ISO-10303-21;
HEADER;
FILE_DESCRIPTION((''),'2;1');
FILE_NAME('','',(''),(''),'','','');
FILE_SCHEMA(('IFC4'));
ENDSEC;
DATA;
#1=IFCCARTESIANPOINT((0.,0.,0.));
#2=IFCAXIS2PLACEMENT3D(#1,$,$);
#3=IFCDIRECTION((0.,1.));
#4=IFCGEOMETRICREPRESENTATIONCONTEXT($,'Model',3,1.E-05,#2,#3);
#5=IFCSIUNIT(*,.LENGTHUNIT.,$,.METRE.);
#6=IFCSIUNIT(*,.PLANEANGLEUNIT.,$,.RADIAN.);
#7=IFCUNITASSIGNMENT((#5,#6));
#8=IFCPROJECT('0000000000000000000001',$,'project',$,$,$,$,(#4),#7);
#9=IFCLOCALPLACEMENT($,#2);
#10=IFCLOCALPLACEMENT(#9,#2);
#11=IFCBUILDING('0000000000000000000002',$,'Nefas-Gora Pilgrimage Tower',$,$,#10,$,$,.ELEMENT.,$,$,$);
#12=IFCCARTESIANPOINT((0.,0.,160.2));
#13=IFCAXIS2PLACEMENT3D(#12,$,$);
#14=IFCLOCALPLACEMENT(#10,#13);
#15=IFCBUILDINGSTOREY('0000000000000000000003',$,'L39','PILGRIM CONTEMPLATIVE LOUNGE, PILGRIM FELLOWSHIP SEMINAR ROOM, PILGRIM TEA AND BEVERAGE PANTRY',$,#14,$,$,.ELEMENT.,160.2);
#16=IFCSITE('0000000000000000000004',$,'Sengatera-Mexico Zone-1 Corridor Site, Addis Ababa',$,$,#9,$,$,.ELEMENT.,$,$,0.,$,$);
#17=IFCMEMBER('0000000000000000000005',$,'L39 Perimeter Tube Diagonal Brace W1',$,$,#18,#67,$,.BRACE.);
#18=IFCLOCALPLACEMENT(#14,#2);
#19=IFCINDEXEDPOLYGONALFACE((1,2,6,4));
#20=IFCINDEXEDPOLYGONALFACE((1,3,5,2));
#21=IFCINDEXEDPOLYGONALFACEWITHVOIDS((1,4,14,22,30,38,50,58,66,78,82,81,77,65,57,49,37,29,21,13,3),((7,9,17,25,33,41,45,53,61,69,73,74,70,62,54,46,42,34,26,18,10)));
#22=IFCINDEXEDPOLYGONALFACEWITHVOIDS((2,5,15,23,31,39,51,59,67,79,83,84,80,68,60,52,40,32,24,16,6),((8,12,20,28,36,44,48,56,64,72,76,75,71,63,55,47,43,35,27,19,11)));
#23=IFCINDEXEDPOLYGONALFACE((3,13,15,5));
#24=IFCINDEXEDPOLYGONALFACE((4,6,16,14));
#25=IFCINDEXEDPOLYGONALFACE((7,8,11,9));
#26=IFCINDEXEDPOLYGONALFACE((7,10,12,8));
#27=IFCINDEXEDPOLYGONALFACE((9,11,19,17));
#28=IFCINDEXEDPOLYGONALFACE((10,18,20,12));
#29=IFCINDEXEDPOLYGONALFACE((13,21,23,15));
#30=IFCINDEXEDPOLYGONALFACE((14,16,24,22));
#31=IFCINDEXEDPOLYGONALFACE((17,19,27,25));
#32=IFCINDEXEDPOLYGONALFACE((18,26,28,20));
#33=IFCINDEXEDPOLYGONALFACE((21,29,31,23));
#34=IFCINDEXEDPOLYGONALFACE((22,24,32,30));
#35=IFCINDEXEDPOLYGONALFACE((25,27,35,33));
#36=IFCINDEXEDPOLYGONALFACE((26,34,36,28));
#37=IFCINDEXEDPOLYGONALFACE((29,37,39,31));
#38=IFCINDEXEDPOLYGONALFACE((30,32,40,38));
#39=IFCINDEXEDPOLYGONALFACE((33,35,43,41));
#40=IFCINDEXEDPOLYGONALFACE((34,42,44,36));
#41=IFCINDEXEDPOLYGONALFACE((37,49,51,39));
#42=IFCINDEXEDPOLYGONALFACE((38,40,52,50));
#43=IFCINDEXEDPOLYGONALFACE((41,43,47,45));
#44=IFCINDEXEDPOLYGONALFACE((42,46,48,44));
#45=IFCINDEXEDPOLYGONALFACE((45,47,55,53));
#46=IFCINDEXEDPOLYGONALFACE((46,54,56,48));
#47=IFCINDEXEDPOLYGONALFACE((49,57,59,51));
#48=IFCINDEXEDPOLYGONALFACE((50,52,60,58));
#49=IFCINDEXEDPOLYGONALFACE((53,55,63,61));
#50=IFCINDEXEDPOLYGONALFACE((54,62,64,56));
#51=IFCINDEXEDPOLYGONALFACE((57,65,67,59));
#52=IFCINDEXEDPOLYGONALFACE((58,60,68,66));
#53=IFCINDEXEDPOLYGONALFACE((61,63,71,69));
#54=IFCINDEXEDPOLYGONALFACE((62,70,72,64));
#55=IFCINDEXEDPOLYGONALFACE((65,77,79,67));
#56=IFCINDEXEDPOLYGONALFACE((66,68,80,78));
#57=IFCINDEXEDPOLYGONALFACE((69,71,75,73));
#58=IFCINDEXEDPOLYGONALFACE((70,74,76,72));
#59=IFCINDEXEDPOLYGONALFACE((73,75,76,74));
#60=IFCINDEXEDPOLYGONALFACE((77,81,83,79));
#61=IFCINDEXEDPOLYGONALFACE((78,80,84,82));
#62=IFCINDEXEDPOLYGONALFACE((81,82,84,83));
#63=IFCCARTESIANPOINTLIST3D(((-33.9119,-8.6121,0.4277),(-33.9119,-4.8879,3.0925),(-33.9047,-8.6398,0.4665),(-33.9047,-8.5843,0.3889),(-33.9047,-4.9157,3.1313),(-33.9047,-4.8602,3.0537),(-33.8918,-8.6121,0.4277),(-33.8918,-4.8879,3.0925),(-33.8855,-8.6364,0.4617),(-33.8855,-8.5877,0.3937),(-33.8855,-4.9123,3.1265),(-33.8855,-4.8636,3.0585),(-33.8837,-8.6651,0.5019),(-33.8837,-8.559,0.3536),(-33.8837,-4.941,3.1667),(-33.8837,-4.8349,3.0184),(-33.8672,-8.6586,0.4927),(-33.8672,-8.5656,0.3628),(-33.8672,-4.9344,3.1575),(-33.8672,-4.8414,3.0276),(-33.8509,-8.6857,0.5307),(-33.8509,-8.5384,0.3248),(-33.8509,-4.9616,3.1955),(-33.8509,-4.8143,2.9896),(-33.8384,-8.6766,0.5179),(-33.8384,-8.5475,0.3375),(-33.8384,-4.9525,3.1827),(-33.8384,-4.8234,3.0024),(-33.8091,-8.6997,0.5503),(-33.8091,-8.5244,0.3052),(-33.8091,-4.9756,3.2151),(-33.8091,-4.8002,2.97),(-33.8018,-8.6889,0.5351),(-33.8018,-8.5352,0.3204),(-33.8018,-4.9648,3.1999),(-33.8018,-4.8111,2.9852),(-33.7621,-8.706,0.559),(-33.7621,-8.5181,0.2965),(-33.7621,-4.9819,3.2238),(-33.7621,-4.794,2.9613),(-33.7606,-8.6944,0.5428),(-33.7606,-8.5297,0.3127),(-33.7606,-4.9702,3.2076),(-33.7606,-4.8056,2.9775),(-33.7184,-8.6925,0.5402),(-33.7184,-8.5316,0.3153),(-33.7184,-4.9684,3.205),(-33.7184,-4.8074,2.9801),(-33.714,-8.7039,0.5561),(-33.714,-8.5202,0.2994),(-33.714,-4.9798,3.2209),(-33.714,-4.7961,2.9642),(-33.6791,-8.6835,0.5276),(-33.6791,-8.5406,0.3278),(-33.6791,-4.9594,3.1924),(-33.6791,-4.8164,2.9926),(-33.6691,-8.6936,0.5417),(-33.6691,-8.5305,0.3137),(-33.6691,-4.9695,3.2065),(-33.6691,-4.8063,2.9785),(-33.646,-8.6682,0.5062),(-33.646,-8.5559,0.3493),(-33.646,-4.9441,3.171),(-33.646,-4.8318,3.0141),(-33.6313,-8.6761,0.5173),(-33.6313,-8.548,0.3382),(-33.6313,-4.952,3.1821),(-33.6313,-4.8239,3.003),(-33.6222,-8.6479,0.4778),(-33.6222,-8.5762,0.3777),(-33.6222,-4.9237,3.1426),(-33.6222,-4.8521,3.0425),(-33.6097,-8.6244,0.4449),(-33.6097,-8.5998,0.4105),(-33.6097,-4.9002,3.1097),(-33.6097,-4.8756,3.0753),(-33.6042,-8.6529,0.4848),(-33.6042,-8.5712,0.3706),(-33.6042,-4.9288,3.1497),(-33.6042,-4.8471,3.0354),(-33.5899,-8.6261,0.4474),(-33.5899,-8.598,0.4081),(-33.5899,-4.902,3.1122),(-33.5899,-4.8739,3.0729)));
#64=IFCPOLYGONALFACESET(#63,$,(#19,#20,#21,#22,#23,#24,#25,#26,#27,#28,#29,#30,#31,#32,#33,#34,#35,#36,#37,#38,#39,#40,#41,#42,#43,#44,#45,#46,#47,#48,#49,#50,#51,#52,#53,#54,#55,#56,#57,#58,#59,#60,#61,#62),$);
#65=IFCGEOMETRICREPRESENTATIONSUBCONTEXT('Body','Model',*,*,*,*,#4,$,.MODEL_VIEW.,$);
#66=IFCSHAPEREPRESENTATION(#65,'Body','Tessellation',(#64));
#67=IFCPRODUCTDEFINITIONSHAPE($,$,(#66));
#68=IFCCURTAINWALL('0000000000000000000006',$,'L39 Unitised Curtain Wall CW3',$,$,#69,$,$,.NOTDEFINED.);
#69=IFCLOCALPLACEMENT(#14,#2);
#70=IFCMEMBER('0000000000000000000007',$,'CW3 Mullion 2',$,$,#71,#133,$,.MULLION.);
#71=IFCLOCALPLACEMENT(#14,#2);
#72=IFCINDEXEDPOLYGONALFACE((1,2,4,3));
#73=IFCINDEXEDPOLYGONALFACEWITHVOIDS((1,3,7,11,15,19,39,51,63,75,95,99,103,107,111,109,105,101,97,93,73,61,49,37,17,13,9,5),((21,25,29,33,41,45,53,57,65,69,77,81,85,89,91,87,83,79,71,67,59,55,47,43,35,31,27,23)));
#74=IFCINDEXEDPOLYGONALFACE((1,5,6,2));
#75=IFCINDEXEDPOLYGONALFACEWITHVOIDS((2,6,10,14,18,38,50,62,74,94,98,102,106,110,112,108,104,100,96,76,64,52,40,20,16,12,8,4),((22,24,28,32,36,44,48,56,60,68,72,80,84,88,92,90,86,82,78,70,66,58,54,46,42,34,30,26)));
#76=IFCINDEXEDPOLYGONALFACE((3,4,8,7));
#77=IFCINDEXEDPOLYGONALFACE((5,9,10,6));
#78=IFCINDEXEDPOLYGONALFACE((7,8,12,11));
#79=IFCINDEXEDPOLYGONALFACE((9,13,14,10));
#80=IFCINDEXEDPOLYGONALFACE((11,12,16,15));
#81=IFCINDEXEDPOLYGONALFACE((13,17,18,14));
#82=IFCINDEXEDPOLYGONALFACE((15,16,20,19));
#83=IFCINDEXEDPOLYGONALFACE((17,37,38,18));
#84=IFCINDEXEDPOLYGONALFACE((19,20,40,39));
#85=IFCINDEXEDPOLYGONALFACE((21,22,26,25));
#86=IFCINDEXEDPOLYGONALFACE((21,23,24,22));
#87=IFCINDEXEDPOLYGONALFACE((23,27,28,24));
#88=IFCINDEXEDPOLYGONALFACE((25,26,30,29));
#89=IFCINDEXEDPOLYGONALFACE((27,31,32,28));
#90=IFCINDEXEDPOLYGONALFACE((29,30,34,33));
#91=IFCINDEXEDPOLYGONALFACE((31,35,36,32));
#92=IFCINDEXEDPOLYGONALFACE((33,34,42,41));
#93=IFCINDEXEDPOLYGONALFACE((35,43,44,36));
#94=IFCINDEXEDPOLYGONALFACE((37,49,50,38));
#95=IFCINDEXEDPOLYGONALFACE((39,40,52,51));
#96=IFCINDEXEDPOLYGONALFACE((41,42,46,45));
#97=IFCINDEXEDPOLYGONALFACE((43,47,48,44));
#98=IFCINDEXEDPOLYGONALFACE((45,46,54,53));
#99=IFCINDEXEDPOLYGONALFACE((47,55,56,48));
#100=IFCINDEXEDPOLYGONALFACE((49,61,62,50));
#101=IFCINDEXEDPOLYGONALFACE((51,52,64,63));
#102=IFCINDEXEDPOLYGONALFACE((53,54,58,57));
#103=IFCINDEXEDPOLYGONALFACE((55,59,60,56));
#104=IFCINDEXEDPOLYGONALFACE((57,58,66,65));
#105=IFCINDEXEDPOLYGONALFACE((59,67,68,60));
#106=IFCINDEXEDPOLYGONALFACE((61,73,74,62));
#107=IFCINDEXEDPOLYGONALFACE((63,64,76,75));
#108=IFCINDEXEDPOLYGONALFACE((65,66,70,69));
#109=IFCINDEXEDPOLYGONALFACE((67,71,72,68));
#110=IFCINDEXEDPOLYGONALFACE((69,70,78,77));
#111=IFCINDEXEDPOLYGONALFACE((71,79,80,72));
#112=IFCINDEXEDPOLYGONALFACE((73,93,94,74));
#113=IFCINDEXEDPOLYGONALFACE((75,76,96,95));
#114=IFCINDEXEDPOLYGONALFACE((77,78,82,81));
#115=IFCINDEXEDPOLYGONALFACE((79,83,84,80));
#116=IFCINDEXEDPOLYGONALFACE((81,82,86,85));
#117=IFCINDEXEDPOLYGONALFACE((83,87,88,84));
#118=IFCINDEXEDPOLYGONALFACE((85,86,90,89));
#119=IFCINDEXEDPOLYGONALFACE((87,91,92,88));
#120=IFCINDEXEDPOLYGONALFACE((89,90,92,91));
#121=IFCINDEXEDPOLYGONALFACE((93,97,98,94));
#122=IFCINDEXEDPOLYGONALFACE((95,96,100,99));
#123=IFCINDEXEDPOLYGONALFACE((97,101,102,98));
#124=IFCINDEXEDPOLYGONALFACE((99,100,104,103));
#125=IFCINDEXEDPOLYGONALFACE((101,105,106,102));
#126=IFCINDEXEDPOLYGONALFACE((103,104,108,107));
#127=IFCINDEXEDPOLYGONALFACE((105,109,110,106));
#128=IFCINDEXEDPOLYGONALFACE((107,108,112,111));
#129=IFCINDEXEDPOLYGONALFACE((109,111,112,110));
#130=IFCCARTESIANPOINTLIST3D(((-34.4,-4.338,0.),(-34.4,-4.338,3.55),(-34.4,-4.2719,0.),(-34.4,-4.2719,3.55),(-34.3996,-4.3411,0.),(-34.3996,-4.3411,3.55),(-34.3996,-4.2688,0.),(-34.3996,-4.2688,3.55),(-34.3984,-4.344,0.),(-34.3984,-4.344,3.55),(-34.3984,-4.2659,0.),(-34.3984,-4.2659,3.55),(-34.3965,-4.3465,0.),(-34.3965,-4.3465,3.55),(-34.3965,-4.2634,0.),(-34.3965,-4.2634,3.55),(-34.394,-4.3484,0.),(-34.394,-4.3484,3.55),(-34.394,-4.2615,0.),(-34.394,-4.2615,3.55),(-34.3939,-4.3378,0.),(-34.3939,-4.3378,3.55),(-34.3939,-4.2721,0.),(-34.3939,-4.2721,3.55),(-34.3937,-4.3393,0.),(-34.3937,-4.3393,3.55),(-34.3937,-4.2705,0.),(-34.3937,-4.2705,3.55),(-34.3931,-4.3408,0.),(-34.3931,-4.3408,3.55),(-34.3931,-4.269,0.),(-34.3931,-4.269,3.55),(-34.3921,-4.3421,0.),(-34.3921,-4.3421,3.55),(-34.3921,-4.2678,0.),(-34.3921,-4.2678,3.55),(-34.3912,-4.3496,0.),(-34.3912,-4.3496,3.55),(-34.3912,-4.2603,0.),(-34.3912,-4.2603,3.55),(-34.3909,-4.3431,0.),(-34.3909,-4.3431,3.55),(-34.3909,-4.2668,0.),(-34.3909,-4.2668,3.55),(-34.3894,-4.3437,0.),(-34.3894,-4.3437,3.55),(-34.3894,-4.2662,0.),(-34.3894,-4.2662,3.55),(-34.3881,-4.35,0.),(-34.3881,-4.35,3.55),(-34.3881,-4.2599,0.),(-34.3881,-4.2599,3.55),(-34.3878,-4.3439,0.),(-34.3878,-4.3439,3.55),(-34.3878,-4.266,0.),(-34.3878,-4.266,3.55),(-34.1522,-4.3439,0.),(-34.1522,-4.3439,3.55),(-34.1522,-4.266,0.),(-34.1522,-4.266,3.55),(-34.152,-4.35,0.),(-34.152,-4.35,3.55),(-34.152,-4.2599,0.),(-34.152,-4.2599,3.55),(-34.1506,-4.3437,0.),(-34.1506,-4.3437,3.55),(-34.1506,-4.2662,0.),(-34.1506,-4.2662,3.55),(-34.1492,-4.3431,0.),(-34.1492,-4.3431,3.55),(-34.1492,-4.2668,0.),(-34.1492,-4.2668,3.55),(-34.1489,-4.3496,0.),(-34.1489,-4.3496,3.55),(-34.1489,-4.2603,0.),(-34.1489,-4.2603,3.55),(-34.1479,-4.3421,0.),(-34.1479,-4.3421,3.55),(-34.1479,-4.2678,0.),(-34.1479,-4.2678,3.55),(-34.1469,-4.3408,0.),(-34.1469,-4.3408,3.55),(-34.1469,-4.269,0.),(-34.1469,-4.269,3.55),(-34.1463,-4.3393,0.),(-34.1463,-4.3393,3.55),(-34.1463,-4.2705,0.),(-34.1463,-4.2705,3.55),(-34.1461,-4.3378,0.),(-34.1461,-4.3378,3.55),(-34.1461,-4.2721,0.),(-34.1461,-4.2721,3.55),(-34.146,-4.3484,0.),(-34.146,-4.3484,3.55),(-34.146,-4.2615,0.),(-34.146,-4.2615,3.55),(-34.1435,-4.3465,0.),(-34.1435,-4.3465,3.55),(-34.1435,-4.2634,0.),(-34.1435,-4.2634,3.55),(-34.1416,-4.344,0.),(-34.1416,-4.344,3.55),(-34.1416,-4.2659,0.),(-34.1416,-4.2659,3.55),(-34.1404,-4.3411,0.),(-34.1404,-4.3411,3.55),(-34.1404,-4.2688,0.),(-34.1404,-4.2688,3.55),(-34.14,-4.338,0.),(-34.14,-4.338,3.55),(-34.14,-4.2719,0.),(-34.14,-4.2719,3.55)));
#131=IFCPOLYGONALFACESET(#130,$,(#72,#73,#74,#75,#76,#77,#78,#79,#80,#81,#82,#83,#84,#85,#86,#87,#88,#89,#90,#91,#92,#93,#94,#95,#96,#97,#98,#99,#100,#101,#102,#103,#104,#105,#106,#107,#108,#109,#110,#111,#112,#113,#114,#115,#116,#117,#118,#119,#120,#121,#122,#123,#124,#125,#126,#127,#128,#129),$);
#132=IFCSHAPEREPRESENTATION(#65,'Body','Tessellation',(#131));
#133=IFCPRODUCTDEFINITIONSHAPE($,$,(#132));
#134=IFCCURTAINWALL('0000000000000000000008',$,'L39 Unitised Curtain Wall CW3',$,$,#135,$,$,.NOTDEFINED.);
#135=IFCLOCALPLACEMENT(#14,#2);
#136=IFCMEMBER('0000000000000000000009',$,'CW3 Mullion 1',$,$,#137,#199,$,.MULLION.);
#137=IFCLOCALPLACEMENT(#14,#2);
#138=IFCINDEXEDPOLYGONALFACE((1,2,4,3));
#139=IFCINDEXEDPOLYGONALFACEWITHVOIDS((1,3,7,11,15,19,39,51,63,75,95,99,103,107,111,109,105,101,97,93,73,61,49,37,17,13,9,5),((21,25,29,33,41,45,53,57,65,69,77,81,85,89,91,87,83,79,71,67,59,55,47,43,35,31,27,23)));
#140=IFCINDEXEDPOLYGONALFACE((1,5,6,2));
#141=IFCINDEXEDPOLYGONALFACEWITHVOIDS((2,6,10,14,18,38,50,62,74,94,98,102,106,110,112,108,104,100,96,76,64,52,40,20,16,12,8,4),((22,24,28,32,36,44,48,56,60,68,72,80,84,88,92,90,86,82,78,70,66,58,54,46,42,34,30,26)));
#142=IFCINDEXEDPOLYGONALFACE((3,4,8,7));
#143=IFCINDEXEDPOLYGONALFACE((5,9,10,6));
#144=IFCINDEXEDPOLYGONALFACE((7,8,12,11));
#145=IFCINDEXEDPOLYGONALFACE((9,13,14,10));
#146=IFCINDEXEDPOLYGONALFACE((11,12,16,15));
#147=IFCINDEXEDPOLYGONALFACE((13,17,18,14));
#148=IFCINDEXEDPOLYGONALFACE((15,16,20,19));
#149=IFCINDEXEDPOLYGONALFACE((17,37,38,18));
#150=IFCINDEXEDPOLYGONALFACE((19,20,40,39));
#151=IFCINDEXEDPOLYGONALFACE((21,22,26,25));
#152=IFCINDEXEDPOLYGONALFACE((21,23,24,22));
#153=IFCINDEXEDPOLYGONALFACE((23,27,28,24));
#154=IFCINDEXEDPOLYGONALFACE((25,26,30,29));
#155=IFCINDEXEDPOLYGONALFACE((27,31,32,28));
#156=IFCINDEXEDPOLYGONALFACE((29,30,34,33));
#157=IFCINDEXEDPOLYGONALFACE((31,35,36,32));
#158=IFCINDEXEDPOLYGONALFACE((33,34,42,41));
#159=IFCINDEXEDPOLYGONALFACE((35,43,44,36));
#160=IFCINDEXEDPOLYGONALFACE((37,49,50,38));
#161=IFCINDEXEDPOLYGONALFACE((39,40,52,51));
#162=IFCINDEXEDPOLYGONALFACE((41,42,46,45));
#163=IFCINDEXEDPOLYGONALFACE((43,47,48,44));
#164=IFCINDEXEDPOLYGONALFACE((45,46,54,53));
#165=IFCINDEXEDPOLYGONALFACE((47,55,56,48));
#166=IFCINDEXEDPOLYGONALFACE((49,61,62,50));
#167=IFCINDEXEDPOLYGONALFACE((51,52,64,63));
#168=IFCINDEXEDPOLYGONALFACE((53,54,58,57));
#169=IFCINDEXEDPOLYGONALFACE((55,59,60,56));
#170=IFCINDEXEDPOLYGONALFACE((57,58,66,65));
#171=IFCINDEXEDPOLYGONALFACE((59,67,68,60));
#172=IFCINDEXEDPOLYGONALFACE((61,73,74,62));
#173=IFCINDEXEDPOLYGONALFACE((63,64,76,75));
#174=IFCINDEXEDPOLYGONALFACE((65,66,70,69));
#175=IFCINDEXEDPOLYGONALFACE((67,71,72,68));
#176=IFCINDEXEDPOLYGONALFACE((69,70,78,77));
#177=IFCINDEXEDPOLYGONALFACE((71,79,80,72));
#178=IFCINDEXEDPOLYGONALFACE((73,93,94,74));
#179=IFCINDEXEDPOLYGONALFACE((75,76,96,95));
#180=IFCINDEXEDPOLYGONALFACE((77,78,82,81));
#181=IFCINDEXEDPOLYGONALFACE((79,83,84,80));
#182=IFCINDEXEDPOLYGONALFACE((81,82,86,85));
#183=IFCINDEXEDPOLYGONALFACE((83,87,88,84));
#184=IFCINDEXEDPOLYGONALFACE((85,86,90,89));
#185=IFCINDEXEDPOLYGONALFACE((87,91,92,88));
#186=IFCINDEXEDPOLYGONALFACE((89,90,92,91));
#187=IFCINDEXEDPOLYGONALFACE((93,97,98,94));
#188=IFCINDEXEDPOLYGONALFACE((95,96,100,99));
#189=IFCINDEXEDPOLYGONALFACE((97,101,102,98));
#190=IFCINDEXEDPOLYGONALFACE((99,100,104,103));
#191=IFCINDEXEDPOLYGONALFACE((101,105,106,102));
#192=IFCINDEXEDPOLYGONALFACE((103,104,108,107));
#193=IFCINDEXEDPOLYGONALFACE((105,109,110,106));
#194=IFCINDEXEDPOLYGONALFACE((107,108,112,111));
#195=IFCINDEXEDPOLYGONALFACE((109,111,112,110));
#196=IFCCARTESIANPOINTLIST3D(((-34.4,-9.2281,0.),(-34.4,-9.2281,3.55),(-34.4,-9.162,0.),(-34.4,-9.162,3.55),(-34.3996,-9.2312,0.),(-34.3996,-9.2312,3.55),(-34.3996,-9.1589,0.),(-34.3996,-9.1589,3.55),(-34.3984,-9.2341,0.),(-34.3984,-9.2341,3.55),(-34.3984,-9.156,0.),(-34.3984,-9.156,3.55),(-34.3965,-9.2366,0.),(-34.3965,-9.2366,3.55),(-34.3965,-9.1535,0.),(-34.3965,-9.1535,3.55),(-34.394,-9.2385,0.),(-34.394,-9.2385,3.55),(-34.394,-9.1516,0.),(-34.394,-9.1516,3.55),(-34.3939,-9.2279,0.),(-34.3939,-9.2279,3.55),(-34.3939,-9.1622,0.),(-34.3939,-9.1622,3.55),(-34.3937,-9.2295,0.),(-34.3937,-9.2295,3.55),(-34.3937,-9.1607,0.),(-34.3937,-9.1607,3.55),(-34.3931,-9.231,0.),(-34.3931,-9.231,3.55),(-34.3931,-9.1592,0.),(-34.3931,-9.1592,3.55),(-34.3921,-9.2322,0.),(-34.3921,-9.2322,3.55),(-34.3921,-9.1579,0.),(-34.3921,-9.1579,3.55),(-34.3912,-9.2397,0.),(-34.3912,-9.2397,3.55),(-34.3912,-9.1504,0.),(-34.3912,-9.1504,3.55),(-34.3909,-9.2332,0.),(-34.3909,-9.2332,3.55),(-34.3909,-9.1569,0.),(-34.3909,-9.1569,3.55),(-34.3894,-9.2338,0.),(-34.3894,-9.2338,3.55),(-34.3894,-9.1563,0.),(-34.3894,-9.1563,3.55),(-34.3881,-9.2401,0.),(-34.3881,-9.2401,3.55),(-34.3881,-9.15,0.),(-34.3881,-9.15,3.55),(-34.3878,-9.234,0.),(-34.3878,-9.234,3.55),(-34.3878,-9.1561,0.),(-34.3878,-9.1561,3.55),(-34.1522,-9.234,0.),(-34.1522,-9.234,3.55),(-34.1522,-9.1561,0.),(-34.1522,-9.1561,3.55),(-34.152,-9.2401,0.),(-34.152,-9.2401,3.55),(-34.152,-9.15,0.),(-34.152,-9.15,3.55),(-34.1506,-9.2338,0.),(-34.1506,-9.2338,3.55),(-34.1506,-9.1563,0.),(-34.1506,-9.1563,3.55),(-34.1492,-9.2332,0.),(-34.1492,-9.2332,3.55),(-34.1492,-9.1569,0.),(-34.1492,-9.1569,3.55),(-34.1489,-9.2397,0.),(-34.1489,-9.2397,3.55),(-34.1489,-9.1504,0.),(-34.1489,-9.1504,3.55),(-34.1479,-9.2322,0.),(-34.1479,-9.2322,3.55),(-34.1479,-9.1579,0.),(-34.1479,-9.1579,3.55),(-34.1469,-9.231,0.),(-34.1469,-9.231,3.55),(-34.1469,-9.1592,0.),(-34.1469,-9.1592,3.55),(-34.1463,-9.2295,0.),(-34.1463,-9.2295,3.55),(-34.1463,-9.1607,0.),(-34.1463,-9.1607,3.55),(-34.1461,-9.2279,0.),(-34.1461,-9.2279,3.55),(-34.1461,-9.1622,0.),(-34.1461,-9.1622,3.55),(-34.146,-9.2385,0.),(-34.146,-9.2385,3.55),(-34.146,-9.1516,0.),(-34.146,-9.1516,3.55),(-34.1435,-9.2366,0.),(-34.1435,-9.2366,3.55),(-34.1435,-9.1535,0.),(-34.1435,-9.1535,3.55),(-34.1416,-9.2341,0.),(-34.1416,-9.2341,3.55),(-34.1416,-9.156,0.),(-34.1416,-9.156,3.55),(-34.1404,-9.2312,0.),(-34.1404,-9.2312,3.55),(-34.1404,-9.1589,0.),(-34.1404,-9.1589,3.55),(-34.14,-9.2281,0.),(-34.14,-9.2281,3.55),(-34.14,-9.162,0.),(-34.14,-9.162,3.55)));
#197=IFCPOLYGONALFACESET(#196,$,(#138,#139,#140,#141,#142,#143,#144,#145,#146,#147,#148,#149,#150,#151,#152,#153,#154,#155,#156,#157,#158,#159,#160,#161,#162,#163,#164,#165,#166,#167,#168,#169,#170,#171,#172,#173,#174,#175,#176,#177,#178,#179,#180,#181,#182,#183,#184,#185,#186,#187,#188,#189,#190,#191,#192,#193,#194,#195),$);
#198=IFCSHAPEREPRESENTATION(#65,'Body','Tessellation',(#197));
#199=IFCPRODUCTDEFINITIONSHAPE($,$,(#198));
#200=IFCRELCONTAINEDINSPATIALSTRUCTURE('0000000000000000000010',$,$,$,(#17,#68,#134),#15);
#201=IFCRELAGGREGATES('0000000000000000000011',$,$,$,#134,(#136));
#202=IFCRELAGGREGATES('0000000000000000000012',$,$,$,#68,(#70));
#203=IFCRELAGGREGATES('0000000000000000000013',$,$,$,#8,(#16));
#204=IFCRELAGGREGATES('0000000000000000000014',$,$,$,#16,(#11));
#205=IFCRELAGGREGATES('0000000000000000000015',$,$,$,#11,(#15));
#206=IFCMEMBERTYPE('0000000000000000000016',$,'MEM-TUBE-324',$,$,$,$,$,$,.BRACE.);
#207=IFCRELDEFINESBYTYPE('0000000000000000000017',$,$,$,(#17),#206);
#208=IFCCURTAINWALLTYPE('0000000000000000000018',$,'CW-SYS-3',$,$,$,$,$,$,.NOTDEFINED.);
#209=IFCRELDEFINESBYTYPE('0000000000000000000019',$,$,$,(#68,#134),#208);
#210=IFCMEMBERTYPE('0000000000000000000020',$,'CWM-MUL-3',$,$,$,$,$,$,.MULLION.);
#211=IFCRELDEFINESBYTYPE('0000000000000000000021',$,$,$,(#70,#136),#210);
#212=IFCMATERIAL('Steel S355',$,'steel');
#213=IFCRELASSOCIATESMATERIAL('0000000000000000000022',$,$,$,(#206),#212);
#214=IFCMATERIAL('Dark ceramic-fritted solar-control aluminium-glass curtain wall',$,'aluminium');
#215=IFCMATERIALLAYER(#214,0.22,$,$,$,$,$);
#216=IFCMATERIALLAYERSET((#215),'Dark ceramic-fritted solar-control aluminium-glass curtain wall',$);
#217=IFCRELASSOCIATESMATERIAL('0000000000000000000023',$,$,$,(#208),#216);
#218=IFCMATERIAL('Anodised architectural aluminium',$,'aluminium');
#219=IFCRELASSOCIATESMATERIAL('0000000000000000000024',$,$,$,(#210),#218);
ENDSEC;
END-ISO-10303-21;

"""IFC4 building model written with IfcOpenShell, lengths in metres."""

from ifc_helpers import new_model, si_unit, direction, frame, origin, origin_2d, place, context, subcontext, project, spatial, hollow_rectangle, hollow_circle, extrude, source, transform, mapped, material, layer, layer_set, material_profile, profile_set, type_object, element, aggregate, save


model = new_model("IFC4")

# Units and contexts
model_context = context("Model", 3, precision=1e-05, world=origin(), true_north=direction((0.0, 1.0)))
body_context = subcontext(model_context, "Body", "Model", "MODEL_VIEW")
ifc_project = project(units=[si_unit("LENGTHUNIT", "METRE"), si_unit("PLANEANGLEUNIT", "RADIAN")], contexts=[model_context])

# Site, building, storey
site_placement = place(None, origin())
site = spatial("IfcSite", under=ifc_project, at=site_placement, Name="Sengatera-Mexico Zone-1 Corridor Site, Addis Ababa", CompositionType="ELEMENT", RefElevation=0.0)
building_placement = place(site_placement, origin())
building = spatial("IfcBuilding", under=site, at=building_placement, Name="Nefas-Gora Pilgrimage Tower", CompositionType="ELEMENT")
storey_placement = place(building_placement, frame((0.0, 0.0, 160.2)))
storey = spatial("IfcBuildingStorey", under=building, at=storey_placement, Name="L39", Description="PILGRIM CONTEMPLATIVE LOUNGE, PILGRIM FELLOWSHIP SEMINAR ROOM, PILGRIM TEA AND BEVERAGE PANTRY", CompositionType="ELEMENT", Elevation=160.2)

# Shared definitions
ifc_material_1 = material(Name="Steel S355", Category="steel")

# Member
ifc_material_profile_1 = material_profile(ifc_material_1, hollow_circle(Radius=0.1619, WallThickness=0.02, at=origin_2d()), Name="CHS 323.9x20")
ifc_profile_set_1 = profile_set([ifc_material_profile_1], Name="Steel S355")
member_type_1 = type_object("IfcMemberType", Name="MEM-TUBE-324", PredefinedType="BRACE", material=ifc_profile_set_1)
shared_shape_1 = source(origin(), body_context, "Body", "SweptSolid", [
    extrude(hollow_circle(Radius=0.1619, WallThickness=0.02, at=origin_2d()), origin(), (0.0, 0.0, 1.0), 4.5793),
])
member_1_placement = place(storey_placement, frame((-33.75, -8.6121, 0.4277), z_axis=(0.0, 0.813247, 0.581919), x_axis=(-1.0, 0.0, 0.0)))
element("IfcMember", 1, at=member_1_placement, inside=storey, type_object=member_type_1, Name="L39 Perimeter Tube Diagonal Brace W1", PredefinedType="BRACE", context=body_context, shape_type="MappedRepresentation", body=[
    mapped(shared_shape_1, transform((0.0, 0.0, 0.0), x_axis=(1.0, 0.0, 0.0), y_axis=(0.0, 1.0, 0.0), z_axis=(0.0, 0.0, 1.0), scale=1.0)),
])

# Curtain walls, members
ifc_material_2 = material(Name="Dark ceramic-fritted solar-control aluminium-glass curtain wall", Category="aluminium")
ifc_layer_1 = layer(ifc_material_2, 0.22)
ifc_layer_set_1 = layer_set([ifc_layer_1], Name="Dark ceramic-fritted solar-control aluminium-glass curtain wall")
curtain_wall_type = type_object("IfcCurtainWallType", Name="CW-SYS-3", PredefinedType="NOTDEFINED", material=ifc_layer_set_1)
curtain_wall_1_placement = place(storey_placement, origin())
curtain_wall_1 = element("IfcCurtainWall", 2, at=curtain_wall_1_placement, inside=storey, type_object=curtain_wall_type, Name="L39 Unitised Curtain Wall CW3", PredefinedType="NOTDEFINED")
ifc_material_3 = material(Name="Anodised architectural aluminium", Category="aluminium")
ifc_material_profile_2 = material_profile(ifc_material_3, hollow_rectangle(XDim=0.0901, YDim=0.26, WallThickness=0.0061, InnerFilletRadius=0.0061, OuterFilletRadius=0.012, at=origin_2d()), Name="ALU MULLION 90x260")
ifc_profile_set_2 = profile_set([ifc_material_profile_2], Name="Anodised architectural aluminium")
member_type_2 = type_object("IfcMemberType", Name="CWM-MUL-3", PredefinedType="MULLION", material=ifc_profile_set_2)
shared_shape_2 = source(origin(), body_context, "Body", "SweptSolid", [
    extrude(hollow_rectangle(XDim=0.0901, YDim=0.26, WallThickness=0.0061, InnerFilletRadius=0.0061, OuterFilletRadius=0.012, at=origin_2d()), origin(), (0.0, 0.0, 1.0), 3.55),
])
member_2_placement = place(storey_placement, frame((-34.27, -4.3049, 0.0), z_axis=(0.0, 0.0, 1.0), x_axis=(0.0, -1.0, 0.0)))
member_2 = element("IfcMember", 3, at=member_2_placement, type_object=member_type_2, Name="CW3 Mullion 2", PredefinedType="MULLION", context=body_context, shape_type="MappedRepresentation", body=[
    mapped(shared_shape_2, transform((0.0, 0.0, 0.0), x_axis=(1.0, 0.0, 0.0), y_axis=(0.0, 1.0, 0.0), z_axis=(0.0, 0.0, 1.0), scale=1.0)),
])
curtain_wall_2_placement = place(storey_placement, origin())
curtain_wall_2 = element("IfcCurtainWall", 4, at=curtain_wall_2_placement, inside=storey, type_object=curtain_wall_type, Name="L39 Unitised Curtain Wall CW3", PredefinedType="NOTDEFINED")
member_3_placement = place(storey_placement, frame((-34.27, -9.1951, 0.0), z_axis=(0.0, 0.0, 1.0), x_axis=(0.0, -1.0, 0.0)))
member_3 = element("IfcMember", 5, at=member_3_placement, type_object=member_type_2, Name="CW3 Mullion 1", PredefinedType="MULLION", context=body_context, shape_type="MappedRepresentation", body=[
    mapped(shared_shape_2, transform((0.0, 0.0, 0.0), x_axis=(1.0, 0.0, 0.0), y_axis=(0.0, 1.0, 0.0), z_axis=(0.0, 0.0, 1.0), scale=1.0)),
])
aggregate(curtain_wall_2, [member_3])

aggregate(curtain_wall_1, [member_2])

save(model, "model.ifc")
